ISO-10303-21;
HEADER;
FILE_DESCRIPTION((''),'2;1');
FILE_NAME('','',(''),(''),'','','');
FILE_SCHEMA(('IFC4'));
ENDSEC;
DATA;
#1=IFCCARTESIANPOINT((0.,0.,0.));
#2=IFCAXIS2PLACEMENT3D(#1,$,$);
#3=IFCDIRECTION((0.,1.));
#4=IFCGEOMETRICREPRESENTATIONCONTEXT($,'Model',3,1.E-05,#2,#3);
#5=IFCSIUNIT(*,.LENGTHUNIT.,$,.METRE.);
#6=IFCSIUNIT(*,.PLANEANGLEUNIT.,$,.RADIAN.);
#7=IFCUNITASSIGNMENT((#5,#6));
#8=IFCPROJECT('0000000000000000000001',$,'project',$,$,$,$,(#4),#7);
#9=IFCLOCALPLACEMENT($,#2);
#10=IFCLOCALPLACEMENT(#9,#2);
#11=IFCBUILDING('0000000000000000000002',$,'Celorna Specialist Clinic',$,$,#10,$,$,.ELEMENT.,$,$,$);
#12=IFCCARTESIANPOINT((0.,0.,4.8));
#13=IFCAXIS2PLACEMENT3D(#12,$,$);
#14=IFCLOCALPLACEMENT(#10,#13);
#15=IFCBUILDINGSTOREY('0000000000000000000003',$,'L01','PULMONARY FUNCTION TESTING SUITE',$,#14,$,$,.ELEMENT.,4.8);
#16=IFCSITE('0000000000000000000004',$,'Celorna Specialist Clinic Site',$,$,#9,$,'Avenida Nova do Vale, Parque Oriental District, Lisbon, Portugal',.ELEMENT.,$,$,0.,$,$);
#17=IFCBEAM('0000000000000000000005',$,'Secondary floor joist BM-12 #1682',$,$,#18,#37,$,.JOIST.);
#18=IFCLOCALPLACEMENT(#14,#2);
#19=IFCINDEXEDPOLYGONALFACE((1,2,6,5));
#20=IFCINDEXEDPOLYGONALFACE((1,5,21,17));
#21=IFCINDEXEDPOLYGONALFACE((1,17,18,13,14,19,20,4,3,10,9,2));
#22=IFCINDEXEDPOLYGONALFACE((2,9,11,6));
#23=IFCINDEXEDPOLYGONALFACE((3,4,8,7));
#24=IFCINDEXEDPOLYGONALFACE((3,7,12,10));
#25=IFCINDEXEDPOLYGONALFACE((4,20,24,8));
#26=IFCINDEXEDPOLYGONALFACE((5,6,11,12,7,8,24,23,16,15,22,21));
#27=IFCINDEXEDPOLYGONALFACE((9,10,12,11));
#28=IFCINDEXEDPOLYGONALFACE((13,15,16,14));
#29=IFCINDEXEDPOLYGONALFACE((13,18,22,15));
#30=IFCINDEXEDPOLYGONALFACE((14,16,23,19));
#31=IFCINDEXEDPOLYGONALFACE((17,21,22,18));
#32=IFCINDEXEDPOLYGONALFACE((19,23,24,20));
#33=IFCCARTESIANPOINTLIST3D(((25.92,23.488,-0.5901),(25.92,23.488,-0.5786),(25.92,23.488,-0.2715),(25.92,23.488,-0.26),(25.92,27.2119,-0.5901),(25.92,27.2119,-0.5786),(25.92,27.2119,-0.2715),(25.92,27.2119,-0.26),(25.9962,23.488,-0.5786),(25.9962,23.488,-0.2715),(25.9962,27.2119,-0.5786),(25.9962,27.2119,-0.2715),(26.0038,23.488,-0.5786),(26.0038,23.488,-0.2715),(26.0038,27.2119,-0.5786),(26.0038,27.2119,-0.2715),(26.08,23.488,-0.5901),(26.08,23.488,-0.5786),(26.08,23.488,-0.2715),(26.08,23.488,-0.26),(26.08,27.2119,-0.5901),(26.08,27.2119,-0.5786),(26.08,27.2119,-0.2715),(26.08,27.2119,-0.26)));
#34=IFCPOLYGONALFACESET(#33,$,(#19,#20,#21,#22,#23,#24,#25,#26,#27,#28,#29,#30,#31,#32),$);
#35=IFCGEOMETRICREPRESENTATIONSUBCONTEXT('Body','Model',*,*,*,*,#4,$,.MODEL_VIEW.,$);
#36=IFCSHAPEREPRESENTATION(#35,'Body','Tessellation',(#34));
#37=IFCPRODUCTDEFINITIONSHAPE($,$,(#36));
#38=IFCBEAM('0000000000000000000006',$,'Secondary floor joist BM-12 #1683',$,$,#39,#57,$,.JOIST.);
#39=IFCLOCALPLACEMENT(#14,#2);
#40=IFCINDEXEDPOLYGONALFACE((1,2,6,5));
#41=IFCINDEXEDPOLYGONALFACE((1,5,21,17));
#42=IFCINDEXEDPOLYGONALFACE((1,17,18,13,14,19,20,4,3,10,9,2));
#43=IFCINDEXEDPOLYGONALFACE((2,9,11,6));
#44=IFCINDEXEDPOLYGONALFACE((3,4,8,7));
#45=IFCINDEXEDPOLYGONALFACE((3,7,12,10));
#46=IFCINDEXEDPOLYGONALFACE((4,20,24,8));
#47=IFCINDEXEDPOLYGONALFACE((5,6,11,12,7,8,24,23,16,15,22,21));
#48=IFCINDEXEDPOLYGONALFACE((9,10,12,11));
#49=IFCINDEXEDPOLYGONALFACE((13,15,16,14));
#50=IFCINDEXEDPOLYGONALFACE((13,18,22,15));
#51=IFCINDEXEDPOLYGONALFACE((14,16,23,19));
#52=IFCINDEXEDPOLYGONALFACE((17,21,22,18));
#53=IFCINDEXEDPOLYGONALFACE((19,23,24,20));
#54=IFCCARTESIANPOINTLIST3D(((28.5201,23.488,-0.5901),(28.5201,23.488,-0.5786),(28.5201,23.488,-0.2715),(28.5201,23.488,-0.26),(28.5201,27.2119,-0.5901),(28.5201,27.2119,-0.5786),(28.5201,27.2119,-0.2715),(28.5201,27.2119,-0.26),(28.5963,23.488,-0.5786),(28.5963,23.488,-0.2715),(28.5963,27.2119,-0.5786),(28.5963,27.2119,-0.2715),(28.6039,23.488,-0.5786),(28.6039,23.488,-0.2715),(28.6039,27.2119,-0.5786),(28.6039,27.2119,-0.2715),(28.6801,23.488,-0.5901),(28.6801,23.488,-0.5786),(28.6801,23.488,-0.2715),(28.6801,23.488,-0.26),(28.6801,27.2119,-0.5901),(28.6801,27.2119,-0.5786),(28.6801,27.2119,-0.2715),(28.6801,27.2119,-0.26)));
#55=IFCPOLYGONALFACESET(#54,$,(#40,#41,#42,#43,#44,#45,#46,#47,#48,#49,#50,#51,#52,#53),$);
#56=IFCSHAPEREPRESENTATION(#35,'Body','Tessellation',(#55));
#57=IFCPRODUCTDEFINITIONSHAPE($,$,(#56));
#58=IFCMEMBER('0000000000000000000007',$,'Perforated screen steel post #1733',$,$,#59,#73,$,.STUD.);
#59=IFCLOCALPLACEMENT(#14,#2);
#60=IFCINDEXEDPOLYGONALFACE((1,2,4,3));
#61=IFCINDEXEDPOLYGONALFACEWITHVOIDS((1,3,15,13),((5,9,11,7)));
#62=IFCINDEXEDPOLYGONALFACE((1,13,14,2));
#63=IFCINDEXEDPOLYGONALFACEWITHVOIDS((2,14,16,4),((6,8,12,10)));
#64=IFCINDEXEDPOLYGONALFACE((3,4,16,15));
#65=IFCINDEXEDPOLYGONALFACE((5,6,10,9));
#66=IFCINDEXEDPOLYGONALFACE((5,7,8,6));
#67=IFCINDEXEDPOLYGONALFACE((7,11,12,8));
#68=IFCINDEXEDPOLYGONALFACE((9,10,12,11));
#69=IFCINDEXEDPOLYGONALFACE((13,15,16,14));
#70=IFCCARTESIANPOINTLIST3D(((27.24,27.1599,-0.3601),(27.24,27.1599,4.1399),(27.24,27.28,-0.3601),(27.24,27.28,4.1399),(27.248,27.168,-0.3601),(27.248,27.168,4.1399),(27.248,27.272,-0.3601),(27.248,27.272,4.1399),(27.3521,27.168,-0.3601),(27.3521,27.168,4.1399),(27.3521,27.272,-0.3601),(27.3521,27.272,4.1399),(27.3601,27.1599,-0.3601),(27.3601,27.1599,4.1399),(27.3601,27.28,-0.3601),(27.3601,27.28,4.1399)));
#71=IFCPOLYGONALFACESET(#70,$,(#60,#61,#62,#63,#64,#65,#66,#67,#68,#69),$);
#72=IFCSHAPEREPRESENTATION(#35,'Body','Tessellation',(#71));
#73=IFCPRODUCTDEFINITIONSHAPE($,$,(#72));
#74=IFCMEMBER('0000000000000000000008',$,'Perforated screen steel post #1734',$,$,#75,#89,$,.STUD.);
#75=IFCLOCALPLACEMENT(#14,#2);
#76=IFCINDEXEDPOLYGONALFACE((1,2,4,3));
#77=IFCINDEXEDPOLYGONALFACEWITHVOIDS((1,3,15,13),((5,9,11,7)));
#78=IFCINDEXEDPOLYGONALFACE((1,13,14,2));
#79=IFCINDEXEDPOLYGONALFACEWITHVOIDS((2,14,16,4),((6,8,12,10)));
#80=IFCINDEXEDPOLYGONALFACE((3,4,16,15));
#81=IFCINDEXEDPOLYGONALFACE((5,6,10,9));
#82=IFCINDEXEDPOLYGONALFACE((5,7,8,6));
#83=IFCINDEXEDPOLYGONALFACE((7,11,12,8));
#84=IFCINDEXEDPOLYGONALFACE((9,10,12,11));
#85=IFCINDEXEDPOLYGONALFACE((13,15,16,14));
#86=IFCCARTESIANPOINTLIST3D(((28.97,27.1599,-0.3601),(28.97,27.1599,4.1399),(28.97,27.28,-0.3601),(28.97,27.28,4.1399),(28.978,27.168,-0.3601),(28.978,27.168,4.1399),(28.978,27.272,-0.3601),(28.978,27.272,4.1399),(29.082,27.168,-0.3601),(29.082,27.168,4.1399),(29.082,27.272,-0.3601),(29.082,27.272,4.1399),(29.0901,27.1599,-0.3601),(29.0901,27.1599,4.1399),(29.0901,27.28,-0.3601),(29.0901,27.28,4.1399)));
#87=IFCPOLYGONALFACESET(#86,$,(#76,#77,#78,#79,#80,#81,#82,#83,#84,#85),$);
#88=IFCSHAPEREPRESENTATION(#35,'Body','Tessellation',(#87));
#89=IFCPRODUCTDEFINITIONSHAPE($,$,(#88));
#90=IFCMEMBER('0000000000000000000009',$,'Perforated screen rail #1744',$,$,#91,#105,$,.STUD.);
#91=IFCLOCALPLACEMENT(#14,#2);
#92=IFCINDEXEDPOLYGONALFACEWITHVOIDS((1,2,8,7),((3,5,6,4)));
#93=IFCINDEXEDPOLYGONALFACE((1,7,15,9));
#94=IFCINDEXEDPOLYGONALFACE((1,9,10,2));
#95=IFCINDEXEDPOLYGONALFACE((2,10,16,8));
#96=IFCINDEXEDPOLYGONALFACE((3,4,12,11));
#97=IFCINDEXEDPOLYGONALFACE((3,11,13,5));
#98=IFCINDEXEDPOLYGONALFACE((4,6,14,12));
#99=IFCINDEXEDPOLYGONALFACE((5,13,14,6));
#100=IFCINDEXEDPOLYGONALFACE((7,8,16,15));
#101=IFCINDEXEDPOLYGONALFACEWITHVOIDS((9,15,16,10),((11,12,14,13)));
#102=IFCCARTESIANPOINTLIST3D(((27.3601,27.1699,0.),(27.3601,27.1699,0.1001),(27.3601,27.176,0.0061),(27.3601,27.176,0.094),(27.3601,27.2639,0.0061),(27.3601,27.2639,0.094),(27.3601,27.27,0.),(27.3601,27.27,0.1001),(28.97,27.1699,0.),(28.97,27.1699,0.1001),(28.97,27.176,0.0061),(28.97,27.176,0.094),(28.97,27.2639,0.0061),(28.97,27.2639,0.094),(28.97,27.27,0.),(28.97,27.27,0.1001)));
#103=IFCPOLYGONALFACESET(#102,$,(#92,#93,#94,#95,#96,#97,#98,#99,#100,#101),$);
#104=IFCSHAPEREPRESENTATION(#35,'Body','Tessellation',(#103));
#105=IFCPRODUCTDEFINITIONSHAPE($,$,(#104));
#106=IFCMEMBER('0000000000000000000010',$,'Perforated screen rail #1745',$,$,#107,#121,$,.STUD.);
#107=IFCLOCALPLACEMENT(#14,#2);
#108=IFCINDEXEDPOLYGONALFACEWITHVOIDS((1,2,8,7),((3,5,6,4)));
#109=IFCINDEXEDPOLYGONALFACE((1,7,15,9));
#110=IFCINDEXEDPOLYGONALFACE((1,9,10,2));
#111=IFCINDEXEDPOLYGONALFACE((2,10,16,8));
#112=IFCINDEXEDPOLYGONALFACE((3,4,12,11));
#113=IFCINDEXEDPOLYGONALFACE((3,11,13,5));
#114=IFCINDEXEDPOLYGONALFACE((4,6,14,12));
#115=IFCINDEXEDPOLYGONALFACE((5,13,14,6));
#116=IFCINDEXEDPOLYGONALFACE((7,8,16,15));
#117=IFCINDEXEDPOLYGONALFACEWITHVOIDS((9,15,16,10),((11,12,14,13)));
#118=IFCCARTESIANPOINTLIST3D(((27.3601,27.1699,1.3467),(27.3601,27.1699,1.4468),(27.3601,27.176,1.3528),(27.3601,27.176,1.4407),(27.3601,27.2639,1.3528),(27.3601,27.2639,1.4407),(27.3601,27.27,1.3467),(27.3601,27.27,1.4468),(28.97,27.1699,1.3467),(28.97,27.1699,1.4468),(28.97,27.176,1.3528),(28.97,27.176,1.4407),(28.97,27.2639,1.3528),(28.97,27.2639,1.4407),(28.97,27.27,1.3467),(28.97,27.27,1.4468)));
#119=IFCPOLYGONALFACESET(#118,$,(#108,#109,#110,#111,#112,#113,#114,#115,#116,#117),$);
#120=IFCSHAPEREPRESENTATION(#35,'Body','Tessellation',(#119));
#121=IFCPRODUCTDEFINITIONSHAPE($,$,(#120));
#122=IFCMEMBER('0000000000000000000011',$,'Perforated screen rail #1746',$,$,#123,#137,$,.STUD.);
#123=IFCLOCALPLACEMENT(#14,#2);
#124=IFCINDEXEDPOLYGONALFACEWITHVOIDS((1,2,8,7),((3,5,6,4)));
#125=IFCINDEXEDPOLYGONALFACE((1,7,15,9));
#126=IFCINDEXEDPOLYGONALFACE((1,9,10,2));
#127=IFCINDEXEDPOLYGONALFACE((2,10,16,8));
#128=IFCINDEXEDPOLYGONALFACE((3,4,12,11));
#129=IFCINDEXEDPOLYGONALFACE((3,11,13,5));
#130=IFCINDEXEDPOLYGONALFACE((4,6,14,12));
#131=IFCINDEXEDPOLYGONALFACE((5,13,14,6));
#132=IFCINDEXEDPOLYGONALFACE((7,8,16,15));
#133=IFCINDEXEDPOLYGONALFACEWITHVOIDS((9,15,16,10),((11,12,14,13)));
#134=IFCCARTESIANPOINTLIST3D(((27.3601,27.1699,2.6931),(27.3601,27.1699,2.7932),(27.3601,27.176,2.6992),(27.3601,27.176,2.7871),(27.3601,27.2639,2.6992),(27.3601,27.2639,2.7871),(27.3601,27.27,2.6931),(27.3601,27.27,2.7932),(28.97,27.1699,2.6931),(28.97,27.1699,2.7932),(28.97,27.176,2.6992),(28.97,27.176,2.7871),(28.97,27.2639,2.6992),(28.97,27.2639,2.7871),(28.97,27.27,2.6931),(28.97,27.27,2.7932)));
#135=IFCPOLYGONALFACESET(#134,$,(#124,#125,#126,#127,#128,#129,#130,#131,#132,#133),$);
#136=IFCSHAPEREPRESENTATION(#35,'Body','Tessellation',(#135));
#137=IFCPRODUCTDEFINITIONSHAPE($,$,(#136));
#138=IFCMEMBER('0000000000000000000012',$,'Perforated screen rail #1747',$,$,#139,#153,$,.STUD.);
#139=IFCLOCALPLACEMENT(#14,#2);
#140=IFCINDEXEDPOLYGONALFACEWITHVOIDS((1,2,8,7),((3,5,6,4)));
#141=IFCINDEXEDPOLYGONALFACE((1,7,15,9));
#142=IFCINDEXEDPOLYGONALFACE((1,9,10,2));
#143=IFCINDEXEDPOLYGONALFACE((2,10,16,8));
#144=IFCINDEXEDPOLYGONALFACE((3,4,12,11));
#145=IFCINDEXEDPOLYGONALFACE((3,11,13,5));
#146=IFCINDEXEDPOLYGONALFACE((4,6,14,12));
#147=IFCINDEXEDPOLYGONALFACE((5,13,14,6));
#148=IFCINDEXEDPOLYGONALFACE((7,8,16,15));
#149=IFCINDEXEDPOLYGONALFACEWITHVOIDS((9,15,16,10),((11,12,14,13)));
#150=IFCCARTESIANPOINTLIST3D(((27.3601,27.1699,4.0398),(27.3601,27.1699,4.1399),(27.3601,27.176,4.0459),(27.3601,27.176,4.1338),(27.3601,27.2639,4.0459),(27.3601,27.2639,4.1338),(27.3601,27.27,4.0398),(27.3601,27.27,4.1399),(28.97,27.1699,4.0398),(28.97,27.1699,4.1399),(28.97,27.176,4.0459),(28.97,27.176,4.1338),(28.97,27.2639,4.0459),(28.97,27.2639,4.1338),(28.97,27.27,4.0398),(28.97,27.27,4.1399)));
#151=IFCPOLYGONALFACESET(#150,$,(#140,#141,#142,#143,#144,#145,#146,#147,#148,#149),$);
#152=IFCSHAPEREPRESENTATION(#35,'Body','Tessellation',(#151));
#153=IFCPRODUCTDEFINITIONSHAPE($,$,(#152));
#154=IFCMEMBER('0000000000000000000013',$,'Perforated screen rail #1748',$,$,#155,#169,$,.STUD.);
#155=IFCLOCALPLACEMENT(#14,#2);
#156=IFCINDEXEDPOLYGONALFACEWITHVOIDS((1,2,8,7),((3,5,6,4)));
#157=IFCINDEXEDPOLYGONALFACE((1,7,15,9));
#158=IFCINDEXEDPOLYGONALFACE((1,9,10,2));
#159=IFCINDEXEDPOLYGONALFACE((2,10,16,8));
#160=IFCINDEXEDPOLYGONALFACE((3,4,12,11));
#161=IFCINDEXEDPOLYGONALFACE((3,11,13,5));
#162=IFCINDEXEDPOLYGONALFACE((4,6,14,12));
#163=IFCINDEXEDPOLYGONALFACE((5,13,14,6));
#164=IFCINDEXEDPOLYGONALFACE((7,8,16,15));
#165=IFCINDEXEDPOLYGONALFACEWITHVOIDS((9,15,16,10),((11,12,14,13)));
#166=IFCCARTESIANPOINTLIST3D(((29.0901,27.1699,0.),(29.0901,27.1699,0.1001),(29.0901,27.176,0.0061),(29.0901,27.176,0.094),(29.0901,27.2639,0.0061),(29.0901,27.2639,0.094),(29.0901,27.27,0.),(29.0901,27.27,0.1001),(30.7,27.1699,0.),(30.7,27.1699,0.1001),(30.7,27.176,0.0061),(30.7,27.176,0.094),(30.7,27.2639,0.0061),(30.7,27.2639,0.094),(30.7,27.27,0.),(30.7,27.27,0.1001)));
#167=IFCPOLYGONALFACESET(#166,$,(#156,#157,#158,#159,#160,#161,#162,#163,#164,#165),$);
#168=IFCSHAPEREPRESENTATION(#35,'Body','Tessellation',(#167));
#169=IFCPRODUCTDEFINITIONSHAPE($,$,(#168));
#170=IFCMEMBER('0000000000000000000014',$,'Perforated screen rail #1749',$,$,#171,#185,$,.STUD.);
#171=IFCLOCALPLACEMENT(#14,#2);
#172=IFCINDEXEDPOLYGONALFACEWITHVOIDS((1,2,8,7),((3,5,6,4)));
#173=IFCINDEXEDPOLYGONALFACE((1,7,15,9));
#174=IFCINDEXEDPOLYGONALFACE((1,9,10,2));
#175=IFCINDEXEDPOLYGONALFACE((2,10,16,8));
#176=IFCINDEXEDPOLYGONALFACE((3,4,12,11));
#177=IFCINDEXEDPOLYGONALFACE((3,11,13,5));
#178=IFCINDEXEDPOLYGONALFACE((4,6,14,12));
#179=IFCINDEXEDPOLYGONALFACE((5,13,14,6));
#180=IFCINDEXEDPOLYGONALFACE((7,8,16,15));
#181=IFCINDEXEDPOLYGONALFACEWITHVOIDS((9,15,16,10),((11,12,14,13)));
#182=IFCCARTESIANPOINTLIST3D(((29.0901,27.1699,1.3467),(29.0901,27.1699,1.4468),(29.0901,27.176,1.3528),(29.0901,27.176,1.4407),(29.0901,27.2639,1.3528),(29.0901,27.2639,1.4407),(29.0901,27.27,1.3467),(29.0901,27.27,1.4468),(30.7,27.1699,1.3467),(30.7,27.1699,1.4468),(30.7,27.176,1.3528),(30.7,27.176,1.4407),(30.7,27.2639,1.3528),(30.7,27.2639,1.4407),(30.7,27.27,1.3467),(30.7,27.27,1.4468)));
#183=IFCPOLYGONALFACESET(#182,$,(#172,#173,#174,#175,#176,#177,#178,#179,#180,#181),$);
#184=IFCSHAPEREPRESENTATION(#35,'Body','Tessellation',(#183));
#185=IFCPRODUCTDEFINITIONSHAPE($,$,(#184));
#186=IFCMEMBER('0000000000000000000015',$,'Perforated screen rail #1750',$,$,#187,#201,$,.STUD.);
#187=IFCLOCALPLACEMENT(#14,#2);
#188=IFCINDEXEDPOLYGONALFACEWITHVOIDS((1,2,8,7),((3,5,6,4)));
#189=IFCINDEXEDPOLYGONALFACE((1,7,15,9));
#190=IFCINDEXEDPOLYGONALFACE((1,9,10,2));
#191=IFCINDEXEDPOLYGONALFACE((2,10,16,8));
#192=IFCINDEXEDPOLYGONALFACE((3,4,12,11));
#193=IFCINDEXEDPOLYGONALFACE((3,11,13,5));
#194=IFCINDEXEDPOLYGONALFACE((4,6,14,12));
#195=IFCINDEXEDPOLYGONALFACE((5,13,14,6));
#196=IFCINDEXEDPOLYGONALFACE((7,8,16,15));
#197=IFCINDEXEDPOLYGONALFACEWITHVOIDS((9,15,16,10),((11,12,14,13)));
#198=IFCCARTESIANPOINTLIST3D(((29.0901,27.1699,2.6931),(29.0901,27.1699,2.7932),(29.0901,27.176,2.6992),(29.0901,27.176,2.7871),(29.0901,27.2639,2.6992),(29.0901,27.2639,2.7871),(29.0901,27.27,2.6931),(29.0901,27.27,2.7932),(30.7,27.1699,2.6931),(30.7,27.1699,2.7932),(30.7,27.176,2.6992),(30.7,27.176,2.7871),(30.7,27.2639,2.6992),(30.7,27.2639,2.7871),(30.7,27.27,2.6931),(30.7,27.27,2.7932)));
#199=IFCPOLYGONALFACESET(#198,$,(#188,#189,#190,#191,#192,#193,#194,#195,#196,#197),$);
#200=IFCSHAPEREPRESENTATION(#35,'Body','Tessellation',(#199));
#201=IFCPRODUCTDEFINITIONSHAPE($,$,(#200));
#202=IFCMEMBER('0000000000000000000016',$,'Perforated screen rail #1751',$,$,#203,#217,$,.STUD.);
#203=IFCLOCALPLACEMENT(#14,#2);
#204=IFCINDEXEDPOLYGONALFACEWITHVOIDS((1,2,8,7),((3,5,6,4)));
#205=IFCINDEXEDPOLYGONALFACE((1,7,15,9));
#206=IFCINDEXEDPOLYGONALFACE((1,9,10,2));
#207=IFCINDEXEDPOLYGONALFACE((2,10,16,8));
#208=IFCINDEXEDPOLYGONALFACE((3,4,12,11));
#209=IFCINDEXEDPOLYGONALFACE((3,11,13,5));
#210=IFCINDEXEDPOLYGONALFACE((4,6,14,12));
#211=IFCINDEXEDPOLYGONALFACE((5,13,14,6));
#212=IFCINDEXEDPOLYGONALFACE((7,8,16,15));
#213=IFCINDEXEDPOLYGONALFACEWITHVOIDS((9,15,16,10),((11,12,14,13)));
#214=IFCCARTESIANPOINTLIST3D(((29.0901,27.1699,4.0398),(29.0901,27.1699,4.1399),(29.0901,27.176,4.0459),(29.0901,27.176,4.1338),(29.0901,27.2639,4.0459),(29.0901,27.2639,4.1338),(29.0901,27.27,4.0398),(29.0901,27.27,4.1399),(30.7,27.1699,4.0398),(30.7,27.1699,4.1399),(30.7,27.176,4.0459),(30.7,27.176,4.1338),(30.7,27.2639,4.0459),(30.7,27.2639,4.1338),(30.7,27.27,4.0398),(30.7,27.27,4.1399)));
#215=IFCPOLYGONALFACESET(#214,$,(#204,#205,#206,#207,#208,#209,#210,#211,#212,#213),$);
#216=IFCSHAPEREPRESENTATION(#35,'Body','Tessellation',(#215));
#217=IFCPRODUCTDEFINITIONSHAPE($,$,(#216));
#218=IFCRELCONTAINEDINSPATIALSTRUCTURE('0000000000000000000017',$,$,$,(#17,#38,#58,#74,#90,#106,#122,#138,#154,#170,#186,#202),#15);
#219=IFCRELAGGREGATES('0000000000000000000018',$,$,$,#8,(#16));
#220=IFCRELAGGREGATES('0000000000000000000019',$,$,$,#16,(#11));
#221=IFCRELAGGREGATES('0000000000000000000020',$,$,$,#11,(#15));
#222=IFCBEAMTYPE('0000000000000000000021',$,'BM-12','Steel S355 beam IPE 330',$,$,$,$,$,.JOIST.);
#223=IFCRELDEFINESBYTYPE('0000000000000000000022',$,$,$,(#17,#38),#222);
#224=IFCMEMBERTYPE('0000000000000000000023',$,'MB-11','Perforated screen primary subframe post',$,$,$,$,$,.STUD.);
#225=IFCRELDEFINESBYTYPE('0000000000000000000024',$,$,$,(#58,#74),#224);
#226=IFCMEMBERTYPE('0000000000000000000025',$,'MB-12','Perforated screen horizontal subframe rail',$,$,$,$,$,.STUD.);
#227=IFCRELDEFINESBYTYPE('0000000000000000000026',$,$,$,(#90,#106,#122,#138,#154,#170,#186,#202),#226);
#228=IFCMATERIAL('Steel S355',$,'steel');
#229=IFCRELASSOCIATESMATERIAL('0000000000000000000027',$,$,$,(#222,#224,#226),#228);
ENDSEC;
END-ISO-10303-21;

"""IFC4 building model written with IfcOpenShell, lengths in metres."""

from ifc_helpers import new_model, si_unit, direction, frame, origin, origin_2d, place, context, subcontext, project, spatial, hollow_rectangle, i_section, extrude, material, material_profile, profile_set, type_object, element, save


model = new_model("IFC4")

# Units and contexts
model_context = context("Model", 3, precision=1e-05, world=origin(), true_north=direction((0.0, 1.0)))
body_context = subcontext(model_context, "Body", "Model", "MODEL_VIEW")
ifc_project = project(units=[si_unit("LENGTHUNIT", "METRE"), si_unit("PLANEANGLEUNIT", "RADIAN")], contexts=[model_context])

# Site, building, storey
site_placement = place(None, origin())
site = spatial("IfcSite", under=ifc_project, at=site_placement, Name="Celorna Specialist Clinic Site", LongName="Avenida Nova do Vale, Parque Oriental District, Lisbon, Portugal", CompositionType="ELEMENT", RefElevation=0.0)
building_placement = place(site_placement, origin())
building = spatial("IfcBuilding", under=site, at=building_placement, Name="Celorna Specialist Clinic", CompositionType="ELEMENT")
storey_placement = place(building_placement, frame((0.0, 0.0, 4.8)))
storey = spatial("IfcBuildingStorey", under=building, at=storey_placement, Name="L01", Description="PULMONARY FUNCTION TESTING SUITE", CompositionType="ELEMENT", Elevation=4.8)

# Beams
ifc_material_1 = material(Name="Steel S355", Category="steel")
ifc_material_profile_1 = material_profile(ifc_material_1, i_section(OverallWidth=0.1599, OverallDepth=0.3301, WebThickness=0.0076, FlangeThickness=0.0115, at=origin_2d()), Name="IPE 330")
ifc_profile_set_1 = profile_set([ifc_material_profile_1], Name="Steel S355")
beam_type = type_object("IfcBeamType", Name="BM-12", Description="Steel S355 beam IPE 330", PredefinedType="JOIST", material=ifc_profile_set_1)
for number, where, z_axis, x_axis, name in (
    (1, (26.0, 23.488, -0.425), (0.0, 1.0, 0.0), (-1.0, 0.0, 0.0), "Secondary floor joist BM-12 #1682"),
    (2, (28.6001, 23.488, -0.425), (0.0, 1.0, 0.0), (-1.0, 0.0, 0.0), "Secondary floor joist BM-12 #1683"),
):
    element("IfcBeam", number, at=place(storey_placement, frame(where, z_axis=z_axis, x_axis=x_axis)), inside=storey, type_object=beam_type, Name=name, PredefinedType="JOIST", context=body_context, shape_type="SweptSolid", body=[
        extrude(i_section(OverallWidth=0.1599, OverallDepth=0.3301, WebThickness=0.0076, FlangeThickness=0.0115, at=origin_2d()), origin(), (0.0, 0.0, 1.0), 3.7239),
    ])

# Members
ifc_material_profile_2 = material_profile(ifc_material_1, hollow_rectangle(XDim=0.1201, YDim=0.1201, WallThickness=0.0081, at=origin_2d()), Name="SHS 120x120x8")
ifc_profile_set_2 = profile_set([ifc_material_profile_2], Name="Steel S355")
member_type_1 = type_object("IfcMemberType", Name="MB-11", Description="Perforated screen primary subframe post", PredefinedType="STUD", material=ifc_profile_set_2)
for number, where, z_axis, x_axis, name in (
    (3, (27.3, 27.22, -0.3601), (0.0, 0.0, 1.0), (1.0, 0.0, 0.0), "Perforated screen steel post #1733"),
    (4, (29.03, 27.22, -0.3601), (0.0, 0.0, 1.0), (1.0, 0.0, 0.0), "Perforated screen steel post #1734"),
):
    element("IfcMember", number, at=place(storey_placement, frame(where, z_axis=z_axis, x_axis=x_axis)), inside=storey, type_object=member_type_1, Name=name, PredefinedType="STUD", context=body_context, shape_type="SweptSolid", body=[
        extrude(hollow_rectangle(XDim=0.1201, YDim=0.1201, WallThickness=0.0081, at=origin_2d()), origin(), (0.0, 0.0, 1.0), 4.5),
    ])
ifc_material_profile_3 = material_profile(ifc_material_1, hollow_rectangle(XDim=0.1001, YDim=0.1001, WallThickness=0.0061, at=origin_2d()), Name="SHS 100x100x6")
ifc_profile_set_3 = profile_set([ifc_material_profile_3], Name="Steel S355")
member_type_2 = type_object("IfcMemberType", Name="MB-12", Description="Perforated screen horizontal subframe rail", PredefinedType="STUD", material=ifc_profile_set_3)
for number, where, z_axis, x_axis, name in (
    (5, (27.3601, 27.22, 0.05), (1.0, 0.0, 0.0), (0.0, 1.0, 0.0), "Perforated screen rail #1744"),
    (6, (27.3601, 27.22, 1.3967), (1.0, 0.0, 0.0), (0.0, 1.0, 0.0), "Perforated screen rail #1745"),
    (7, (27.3601, 27.22, 2.7432), (1.0, 0.0, 0.0), (0.0, 1.0, 0.0), "Perforated screen rail #1746"),
    (8, (27.3601, 27.22, 4.0898), (1.0, 0.0, 0.0), (0.0, 1.0, 0.0), "Perforated screen rail #1747"),
    (9, (29.0901, 27.22, 0.05), (1.0, 0.0, 0.0), (0.0, 1.0, 0.0), "Perforated screen rail #1748"),
    (10, (29.0901, 27.22, 1.3967), (1.0, 0.0, 0.0), (0.0, 1.0, 0.0), "Perforated screen rail #1749"),
    (11, (29.0901, 27.22, 2.7432), (1.0, 0.0, 0.0), (0.0, 1.0, 0.0), "Perforated screen rail #1750"),
    (12, (29.0901, 27.22, 4.0898), (1.0, 0.0, 0.0), (0.0, 1.0, 0.0), "Perforated screen rail #1751"),
):
    element("IfcMember", number, at=place(storey_placement, frame(where, z_axis=z_axis, x_axis=x_axis)), inside=storey, type_object=member_type_2, Name=name, PredefinedType="STUD", context=body_context, shape_type="SweptSolid", body=[
        extrude(hollow_rectangle(XDim=0.1001, YDim=0.1001, WallThickness=0.0061, at=origin_2d()), origin(), (0.0, 0.0, 1.0), 1.6099),
    ])

save(model, "model.ifc")
